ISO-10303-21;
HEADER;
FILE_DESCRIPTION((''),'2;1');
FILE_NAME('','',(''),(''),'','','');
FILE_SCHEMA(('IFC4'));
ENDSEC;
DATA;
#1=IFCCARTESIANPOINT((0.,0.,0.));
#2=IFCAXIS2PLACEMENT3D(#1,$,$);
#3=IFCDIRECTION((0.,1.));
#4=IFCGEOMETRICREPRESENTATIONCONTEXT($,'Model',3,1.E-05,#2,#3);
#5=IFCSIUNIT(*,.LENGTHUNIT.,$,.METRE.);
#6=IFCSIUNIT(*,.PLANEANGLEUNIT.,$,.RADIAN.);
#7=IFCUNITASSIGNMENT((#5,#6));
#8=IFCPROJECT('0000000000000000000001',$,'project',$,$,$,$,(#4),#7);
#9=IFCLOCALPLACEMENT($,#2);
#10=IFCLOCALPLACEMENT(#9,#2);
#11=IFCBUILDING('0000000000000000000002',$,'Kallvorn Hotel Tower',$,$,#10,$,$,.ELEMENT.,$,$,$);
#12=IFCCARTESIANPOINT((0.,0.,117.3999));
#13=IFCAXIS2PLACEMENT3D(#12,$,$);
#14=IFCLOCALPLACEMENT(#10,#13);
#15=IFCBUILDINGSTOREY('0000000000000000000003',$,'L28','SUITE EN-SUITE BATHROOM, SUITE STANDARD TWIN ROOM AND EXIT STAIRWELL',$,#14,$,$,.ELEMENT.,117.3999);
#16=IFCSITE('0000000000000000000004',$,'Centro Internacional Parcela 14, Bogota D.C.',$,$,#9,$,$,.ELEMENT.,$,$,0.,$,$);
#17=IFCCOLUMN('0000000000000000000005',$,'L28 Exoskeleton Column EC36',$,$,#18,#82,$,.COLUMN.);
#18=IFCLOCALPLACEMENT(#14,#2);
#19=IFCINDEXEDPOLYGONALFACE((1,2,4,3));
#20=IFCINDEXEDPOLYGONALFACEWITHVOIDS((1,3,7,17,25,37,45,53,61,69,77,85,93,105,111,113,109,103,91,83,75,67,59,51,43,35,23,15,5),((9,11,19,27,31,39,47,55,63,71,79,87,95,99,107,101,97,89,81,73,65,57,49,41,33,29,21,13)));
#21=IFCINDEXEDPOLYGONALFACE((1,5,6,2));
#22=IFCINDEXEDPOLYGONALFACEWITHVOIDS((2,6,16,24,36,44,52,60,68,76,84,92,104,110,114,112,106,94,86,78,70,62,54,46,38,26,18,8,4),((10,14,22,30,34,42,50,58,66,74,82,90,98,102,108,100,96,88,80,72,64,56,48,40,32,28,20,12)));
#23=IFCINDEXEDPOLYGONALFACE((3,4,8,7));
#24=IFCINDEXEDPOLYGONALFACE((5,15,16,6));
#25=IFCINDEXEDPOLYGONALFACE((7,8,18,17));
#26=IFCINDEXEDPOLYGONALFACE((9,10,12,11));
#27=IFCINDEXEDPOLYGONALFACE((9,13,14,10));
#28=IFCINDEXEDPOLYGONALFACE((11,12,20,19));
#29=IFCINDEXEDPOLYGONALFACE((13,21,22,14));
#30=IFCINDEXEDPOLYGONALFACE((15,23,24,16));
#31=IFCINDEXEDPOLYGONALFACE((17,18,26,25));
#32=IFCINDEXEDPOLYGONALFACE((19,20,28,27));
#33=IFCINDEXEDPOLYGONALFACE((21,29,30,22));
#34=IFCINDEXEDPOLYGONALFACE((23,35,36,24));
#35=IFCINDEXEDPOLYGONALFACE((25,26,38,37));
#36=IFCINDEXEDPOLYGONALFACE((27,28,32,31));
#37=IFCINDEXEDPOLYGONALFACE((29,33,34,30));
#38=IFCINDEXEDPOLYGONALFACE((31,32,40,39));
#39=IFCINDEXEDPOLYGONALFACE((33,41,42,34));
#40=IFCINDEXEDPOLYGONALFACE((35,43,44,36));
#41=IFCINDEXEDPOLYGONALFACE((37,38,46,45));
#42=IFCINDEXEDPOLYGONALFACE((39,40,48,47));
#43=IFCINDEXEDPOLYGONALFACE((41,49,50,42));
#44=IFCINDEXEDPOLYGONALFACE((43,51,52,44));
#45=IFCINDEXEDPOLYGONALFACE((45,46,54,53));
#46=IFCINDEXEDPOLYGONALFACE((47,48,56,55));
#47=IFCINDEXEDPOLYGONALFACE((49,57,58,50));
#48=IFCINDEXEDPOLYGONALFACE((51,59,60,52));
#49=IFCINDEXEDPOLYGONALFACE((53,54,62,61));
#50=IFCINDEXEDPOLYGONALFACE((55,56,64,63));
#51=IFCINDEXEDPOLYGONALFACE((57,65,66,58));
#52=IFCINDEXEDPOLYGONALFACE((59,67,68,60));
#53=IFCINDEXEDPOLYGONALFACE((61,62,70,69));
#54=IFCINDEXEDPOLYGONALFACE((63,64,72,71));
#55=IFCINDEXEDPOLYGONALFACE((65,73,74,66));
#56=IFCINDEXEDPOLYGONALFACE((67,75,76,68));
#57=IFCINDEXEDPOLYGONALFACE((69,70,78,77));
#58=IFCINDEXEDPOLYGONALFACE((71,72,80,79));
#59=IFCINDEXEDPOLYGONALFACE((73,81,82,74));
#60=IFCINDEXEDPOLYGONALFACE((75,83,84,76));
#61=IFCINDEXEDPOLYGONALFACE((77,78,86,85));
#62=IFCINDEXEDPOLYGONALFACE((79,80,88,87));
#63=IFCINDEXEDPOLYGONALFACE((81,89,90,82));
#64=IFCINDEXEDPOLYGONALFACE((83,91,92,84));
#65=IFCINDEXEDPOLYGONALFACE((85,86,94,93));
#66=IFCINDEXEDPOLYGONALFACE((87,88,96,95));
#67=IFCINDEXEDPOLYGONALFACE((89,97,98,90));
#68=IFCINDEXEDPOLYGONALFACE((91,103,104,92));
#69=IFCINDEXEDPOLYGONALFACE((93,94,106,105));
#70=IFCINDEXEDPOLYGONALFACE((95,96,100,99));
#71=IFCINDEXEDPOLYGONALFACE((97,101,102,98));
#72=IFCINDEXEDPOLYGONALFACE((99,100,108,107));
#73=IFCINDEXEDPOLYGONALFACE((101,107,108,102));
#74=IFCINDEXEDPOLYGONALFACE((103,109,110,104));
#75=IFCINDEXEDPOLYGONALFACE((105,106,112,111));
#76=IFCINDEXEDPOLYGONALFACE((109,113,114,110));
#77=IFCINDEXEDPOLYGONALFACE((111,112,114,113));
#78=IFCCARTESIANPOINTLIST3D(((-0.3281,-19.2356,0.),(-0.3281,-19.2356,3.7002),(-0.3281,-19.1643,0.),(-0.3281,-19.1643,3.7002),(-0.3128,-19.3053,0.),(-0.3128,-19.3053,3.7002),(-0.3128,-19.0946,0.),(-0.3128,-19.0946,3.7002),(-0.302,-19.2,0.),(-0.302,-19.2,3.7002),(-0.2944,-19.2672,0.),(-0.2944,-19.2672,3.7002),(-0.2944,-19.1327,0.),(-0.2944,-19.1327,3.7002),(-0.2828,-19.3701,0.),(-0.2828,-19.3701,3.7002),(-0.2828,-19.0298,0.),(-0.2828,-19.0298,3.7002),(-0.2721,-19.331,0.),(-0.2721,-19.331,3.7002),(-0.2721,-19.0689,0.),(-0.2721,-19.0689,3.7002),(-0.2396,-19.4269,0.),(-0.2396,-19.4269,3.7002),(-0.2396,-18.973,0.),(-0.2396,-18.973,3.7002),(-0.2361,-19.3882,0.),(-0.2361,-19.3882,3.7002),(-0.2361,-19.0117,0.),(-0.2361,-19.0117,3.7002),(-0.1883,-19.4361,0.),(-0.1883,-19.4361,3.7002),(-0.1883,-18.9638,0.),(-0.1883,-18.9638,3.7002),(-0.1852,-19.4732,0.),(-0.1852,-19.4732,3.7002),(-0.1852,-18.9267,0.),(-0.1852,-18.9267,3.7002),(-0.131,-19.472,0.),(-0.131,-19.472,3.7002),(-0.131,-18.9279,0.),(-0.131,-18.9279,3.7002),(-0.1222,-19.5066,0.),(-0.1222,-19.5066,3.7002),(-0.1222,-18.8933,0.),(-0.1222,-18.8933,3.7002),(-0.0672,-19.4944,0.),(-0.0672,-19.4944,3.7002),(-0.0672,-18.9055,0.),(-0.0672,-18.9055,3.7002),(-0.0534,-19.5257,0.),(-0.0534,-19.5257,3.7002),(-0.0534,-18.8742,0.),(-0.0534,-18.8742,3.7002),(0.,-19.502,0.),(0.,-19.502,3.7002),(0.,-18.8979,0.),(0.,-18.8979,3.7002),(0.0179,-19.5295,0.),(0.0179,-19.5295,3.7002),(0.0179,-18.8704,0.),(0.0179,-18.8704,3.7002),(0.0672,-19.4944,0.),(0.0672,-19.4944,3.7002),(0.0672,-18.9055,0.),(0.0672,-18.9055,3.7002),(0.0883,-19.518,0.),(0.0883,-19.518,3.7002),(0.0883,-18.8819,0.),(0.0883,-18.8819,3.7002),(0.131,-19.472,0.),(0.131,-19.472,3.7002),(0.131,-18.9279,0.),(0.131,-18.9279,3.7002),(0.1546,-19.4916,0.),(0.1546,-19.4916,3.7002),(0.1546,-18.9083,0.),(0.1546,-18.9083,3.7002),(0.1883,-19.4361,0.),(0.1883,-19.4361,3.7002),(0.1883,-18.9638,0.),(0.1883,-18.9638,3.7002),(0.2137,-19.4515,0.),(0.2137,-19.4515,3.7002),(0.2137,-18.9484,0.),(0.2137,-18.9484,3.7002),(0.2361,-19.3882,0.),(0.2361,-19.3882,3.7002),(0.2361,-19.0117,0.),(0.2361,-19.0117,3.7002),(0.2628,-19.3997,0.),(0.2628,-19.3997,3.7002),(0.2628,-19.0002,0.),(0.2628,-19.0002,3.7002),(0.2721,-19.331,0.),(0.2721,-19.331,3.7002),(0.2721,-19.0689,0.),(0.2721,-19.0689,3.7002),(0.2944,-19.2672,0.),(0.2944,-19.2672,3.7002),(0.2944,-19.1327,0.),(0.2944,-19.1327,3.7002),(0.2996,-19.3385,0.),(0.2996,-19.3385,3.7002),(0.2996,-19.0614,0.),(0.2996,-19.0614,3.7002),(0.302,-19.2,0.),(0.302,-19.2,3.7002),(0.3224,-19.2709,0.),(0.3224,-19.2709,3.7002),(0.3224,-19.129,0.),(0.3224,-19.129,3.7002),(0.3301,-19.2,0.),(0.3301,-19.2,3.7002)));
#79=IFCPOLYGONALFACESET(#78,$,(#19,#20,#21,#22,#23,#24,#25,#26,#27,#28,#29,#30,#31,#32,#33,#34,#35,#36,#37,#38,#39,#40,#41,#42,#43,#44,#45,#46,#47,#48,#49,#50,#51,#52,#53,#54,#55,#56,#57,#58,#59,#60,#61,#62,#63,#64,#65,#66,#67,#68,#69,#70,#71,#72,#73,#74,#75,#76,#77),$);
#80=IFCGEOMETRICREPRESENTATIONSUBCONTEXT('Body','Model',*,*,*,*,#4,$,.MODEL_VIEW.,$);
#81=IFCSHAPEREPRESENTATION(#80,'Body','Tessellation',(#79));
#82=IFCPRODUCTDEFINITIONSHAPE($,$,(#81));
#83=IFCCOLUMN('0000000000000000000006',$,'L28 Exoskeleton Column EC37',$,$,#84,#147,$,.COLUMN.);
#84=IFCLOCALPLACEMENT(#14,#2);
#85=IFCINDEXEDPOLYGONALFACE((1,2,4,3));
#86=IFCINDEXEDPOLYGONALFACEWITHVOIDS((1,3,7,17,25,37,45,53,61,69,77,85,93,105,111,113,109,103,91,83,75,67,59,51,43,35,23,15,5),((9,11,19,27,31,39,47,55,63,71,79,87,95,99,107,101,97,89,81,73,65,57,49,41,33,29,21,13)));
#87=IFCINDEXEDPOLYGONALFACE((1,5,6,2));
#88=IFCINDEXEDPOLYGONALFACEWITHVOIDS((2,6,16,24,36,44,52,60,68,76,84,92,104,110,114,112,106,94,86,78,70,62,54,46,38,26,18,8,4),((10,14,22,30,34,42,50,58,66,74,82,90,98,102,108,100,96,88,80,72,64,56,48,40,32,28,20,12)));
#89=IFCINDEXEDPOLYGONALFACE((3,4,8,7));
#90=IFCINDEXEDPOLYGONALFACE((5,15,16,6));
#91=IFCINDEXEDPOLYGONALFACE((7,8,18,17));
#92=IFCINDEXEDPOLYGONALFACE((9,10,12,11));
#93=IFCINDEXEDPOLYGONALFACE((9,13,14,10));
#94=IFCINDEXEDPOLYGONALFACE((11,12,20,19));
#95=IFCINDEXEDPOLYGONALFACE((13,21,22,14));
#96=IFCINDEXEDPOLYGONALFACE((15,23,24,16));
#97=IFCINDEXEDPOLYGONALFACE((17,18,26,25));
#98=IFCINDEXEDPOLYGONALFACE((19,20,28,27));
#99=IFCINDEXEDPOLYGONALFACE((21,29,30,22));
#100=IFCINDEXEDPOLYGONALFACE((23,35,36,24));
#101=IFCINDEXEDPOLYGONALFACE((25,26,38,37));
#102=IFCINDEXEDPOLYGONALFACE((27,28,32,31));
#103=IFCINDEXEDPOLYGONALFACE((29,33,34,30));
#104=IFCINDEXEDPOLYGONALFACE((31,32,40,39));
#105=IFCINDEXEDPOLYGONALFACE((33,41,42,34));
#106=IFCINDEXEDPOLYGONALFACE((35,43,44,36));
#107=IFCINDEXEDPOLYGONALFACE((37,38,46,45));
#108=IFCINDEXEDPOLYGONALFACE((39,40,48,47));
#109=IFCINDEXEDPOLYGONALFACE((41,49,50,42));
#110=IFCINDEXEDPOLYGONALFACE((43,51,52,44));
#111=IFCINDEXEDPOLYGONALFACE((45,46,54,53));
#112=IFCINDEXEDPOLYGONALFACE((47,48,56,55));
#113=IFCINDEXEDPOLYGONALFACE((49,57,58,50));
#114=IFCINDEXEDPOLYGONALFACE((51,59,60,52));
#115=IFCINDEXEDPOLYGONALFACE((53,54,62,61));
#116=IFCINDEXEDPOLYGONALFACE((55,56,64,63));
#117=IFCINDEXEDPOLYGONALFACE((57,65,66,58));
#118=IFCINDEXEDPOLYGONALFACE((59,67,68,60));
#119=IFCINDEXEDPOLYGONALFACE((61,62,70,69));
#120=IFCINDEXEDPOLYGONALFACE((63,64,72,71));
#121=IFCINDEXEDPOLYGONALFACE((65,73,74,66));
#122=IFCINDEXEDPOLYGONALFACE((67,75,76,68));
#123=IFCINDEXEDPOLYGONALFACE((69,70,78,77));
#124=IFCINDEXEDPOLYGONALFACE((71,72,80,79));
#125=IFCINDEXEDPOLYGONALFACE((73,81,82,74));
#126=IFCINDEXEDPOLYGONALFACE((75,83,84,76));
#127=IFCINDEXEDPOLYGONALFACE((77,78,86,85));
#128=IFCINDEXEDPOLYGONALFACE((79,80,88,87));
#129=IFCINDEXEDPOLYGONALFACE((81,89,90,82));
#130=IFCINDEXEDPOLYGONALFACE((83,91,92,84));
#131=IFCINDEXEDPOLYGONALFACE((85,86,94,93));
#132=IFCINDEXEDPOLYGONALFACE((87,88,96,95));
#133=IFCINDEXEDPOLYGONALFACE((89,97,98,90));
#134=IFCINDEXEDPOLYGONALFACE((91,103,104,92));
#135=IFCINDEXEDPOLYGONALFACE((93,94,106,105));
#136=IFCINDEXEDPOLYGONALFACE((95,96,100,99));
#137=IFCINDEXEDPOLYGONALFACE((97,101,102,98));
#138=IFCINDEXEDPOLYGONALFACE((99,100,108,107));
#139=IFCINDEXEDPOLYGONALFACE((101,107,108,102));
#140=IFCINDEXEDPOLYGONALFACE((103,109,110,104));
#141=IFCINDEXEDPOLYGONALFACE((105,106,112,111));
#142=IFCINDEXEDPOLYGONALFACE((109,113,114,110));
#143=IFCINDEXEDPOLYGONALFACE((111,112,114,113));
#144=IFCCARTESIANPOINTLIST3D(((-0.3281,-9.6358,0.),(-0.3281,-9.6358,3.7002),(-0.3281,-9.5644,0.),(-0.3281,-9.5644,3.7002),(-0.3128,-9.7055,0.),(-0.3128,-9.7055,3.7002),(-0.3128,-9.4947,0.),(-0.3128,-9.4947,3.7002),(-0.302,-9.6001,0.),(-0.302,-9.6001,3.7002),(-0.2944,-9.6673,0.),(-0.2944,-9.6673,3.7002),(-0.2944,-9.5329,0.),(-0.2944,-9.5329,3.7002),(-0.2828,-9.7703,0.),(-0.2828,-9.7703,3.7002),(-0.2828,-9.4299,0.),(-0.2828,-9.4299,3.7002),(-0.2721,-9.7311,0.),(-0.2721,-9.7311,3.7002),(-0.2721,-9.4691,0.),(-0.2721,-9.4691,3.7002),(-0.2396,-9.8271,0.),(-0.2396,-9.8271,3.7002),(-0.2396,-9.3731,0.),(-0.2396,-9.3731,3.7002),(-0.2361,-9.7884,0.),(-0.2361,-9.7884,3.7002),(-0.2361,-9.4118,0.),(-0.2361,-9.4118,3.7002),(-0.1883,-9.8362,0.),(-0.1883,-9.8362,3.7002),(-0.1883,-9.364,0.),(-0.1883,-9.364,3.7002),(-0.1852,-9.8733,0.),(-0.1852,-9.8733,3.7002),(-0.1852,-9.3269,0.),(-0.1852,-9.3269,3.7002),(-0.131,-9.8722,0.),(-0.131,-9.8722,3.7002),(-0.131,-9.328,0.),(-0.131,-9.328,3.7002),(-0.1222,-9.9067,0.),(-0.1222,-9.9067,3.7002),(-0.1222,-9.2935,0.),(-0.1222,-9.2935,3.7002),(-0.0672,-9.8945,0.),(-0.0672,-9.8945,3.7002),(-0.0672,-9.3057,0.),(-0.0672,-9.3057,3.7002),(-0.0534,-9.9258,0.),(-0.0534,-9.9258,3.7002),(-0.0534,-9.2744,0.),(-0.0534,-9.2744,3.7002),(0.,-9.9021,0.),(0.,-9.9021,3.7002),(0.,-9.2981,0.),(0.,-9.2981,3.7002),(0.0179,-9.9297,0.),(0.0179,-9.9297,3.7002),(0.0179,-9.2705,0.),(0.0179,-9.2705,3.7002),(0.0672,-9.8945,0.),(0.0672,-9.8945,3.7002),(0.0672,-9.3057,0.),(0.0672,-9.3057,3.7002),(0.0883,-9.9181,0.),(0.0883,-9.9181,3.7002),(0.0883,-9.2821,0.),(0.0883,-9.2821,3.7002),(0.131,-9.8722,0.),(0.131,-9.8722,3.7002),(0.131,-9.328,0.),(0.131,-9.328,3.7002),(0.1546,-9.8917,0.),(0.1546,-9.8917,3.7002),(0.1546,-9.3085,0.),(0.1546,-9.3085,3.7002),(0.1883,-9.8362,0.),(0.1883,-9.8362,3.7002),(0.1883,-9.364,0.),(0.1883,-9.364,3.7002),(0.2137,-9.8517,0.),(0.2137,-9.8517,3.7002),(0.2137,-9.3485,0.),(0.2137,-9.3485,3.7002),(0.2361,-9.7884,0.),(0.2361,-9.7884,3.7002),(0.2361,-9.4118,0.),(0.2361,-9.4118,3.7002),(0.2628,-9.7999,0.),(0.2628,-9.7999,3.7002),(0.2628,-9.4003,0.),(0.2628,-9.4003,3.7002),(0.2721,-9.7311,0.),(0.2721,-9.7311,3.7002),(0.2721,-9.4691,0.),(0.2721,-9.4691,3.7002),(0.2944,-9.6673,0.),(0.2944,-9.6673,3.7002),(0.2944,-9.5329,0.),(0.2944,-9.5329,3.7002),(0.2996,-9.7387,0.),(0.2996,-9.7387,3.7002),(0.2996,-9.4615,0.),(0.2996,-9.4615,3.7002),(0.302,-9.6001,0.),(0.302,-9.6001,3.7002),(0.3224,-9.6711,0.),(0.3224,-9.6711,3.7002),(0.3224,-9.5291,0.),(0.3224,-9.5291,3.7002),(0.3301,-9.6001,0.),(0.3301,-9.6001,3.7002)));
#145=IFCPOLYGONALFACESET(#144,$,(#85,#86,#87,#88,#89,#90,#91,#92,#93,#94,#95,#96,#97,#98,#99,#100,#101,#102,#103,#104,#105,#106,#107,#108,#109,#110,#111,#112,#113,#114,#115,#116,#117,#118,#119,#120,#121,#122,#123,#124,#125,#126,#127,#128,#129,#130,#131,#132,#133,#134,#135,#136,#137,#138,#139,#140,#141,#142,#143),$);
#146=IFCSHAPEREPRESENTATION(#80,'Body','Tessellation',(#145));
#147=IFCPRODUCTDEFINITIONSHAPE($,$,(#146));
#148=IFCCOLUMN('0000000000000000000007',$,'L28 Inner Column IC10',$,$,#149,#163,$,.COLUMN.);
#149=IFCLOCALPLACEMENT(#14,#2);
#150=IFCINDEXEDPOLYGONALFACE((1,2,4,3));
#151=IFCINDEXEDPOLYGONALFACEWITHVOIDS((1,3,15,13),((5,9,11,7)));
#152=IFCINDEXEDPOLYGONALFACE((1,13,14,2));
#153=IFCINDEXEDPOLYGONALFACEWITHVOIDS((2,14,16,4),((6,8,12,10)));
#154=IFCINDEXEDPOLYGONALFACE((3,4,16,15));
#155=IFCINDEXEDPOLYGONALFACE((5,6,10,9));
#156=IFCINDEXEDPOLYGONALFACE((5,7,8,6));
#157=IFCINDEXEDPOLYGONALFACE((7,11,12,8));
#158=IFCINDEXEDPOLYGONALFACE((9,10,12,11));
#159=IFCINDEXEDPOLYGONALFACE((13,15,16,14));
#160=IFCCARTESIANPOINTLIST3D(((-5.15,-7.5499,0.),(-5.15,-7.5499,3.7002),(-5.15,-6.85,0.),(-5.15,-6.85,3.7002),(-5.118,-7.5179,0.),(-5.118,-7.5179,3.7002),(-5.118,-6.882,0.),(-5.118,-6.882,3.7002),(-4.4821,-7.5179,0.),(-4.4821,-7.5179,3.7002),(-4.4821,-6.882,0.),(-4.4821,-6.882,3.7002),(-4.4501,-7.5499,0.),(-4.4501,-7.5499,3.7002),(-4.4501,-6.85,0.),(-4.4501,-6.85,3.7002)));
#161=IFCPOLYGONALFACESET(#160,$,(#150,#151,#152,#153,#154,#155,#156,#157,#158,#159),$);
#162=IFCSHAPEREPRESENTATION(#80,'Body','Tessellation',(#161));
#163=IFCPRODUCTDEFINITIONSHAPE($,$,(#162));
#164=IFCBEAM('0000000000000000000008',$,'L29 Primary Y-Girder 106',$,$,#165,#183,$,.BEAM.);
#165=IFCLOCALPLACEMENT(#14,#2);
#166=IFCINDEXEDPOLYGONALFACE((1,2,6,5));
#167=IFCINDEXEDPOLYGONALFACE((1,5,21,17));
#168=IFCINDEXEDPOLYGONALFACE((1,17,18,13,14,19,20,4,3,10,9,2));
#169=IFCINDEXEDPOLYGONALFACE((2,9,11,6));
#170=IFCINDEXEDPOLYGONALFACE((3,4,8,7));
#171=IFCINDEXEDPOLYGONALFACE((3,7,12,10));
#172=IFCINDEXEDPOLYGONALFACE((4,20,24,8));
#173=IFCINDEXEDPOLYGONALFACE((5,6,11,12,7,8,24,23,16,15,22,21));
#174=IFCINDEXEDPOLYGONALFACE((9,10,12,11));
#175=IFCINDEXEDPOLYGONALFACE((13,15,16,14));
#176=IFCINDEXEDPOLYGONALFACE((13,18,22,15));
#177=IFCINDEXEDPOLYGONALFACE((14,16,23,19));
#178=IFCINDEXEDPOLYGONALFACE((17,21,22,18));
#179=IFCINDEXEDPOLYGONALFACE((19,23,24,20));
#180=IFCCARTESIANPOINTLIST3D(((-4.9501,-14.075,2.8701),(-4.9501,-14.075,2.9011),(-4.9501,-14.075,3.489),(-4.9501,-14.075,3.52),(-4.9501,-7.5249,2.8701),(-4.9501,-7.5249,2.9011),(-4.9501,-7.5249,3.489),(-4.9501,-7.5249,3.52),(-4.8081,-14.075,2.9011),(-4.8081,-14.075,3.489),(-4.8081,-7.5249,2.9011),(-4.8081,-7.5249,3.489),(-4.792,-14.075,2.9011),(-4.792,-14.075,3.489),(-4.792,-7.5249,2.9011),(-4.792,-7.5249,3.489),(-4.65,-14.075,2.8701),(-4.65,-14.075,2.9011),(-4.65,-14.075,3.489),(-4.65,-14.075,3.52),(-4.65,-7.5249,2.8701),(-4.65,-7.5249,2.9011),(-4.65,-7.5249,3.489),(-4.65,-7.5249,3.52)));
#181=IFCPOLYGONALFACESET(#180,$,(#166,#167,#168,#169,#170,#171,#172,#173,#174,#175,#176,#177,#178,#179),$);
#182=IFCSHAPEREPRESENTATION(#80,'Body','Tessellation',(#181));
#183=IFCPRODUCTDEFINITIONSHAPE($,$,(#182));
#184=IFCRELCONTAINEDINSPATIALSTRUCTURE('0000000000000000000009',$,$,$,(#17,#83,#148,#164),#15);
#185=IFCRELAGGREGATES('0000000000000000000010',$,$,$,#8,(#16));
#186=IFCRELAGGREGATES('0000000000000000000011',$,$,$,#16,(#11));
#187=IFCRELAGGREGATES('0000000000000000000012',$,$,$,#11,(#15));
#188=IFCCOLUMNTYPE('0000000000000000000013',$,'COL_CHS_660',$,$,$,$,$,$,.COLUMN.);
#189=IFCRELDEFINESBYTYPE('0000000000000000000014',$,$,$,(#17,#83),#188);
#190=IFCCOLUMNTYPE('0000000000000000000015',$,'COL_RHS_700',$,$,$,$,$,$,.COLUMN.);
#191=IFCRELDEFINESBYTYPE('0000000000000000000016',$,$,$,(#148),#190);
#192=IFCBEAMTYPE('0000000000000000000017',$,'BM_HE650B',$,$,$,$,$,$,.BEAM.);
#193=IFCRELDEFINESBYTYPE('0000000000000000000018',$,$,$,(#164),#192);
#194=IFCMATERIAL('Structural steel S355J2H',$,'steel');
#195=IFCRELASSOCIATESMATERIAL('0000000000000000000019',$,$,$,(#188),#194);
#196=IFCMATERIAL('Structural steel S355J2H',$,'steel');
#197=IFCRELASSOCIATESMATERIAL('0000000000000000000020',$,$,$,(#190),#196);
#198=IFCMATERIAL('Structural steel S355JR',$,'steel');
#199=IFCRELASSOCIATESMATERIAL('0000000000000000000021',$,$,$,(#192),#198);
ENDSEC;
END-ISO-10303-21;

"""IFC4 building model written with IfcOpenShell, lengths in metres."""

from ifc_helpers import new_model, si_unit, direction, frame, origin, origin_2d, place, context, subcontext, project, spatial, hollow_rectangle, hollow_circle, i_section, extrude, material, material_profile, profile_set, type_object, element, save


model = new_model("IFC4")

# Units and contexts
model_context = context("Model", 3, precision=1e-05, world=origin(), true_north=direction((0.0, 1.0)))
body_context = subcontext(model_context, "Body", "Model", "MODEL_VIEW")
ifc_project = project(units=[si_unit("LENGTHUNIT", "METRE"), si_unit("PLANEANGLEUNIT", "RADIAN")], contexts=[model_context])

# Site, building, storey
site_placement = place(None, origin())
site = spatial("IfcSite", under=ifc_project, at=site_placement, Name="Centro Internacional Parcela 14, Bogota D.C.", CompositionType="ELEMENT", RefElevation=0.0)
building_placement = place(site_placement, origin())
building = spatial("IfcBuilding", under=site, at=building_placement, Name="Kallvorn Hotel Tower", CompositionType="ELEMENT")
storey_placement = place(building_placement, frame((0.0, 0.0, 117.3999)))
storey = spatial("IfcBuildingStorey", under=building, at=storey_placement, Name="L28", Description="SUITE EN-SUITE BATHROOM, SUITE STANDARD TWIN ROOM AND EXIT STAIRWELL", CompositionType="ELEMENT", Elevation=117.3999)

# Columns
ifc_material_1 = material(Name="Structural steel S355J2H", Category="steel")
ifc_material_profile_1 = material_profile(ifc_material_1, hollow_circle(Radius=0.3301, WallThickness=0.0281, at=origin_2d()), Name="CHS 660x28")
ifc_profile_set_1 = profile_set([ifc_material_profile_1], Name="Structural steel S355J2H")
column_type_1 = type_object("IfcColumnType", Name="COL_CHS_660", PredefinedType="COLUMN", material=ifc_profile_set_1)
for number, where, z_axis, x_axis, name in (
    (1, (0.0, -19.2, 0.0), (0.0, 0.0, 1.0), (1.0, 0.0, 0.0), "L28 Exoskeleton Column EC36"),
    (2, (0.0, -9.6001, 0.0), (0.0, 0.0, 1.0), (1.0, 0.0, 0.0), "L28 Exoskeleton Column EC37"),
):
    element("IfcColumn", number, at=place(storey_placement, frame(where, z_axis=z_axis, x_axis=x_axis)), inside=storey, type_object=column_type_1, Name=name, PredefinedType="COLUMN", context=body_context, shape_type="SweptSolid", body=[
        extrude(hollow_circle(Radius=0.3301, WallThickness=0.0281, at=origin_2d()), origin(), (0.0, 0.0, 1.0), 3.7002),
    ])
ifc_material_2 = material(Name="Structural steel S355J2H", Category="steel")
ifc_material_profile_2 = material_profile(ifc_material_2, hollow_rectangle(XDim=0.7, YDim=0.7, WallThickness=0.032, at=origin_2d()), Name="RHS 700x700x32")
ifc_profile_set_2 = profile_set([ifc_material_profile_2], Name="Structural steel S355J2H")
column_type_2 = type_object("IfcColumnType", Name="COL_RHS_700", PredefinedType="COLUMN", material=ifc_profile_set_2)
column_placement = place(storey_placement, frame((-4.8, -7.2, 0.0), z_axis=(0.0, 0.0, 1.0), x_axis=(1.0, 0.0, 0.0)))
element("IfcColumn", 3, at=column_placement, inside=storey, type_object=column_type_2, Name="L28 Inner Column IC10", PredefinedType="COLUMN", context=body_context, shape_type="SweptSolid", body=[
    extrude(hollow_rectangle(XDim=0.7, YDim=0.7, WallThickness=0.032, at=origin_2d()), origin(), (0.0, 0.0, 1.0), 3.7002),
])

# Beam
ifc_material_3 = material(Name="Structural steel S355JR", Category="steel")
ifc_material_profile_3 = material_profile(ifc_material_3, i_section(OverallWidth=0.3, OverallDepth=0.6499, WebThickness=0.0161, FlangeThickness=0.031, at=origin_2d()), Name="HE 650 B")
ifc_profile_set_3 = profile_set([ifc_material_profile_3], Name="Structural steel S355JR")
beam_type_1 = type_object("IfcBeamType", Name="BM_HE650B", PredefinedType="BEAM", material=ifc_profile_set_3)
beam_1_placement = place(storey_placement, frame((-4.8, -14.075, 3.1951), z_axis=(0.0, 1.0, 0.0), x_axis=(-1.0, 0.0, 0.0)))
element("IfcBeam", 4, at=beam_1_placement, inside=storey, type_object=beam_type_1, Name="L29 Primary Y-Girder 106", PredefinedType="BEAM", context=body_context, shape_type="SweptSolid", body=[
    extrude(i_section(OverallWidth=0.3, OverallDepth=0.6499, WebThickness=0.0161, FlangeThickness=0.031, at=origin_2d()), origin(), (0.0, 0.0, 1.0), 6.55),
])

save(model, "model.ifc")
